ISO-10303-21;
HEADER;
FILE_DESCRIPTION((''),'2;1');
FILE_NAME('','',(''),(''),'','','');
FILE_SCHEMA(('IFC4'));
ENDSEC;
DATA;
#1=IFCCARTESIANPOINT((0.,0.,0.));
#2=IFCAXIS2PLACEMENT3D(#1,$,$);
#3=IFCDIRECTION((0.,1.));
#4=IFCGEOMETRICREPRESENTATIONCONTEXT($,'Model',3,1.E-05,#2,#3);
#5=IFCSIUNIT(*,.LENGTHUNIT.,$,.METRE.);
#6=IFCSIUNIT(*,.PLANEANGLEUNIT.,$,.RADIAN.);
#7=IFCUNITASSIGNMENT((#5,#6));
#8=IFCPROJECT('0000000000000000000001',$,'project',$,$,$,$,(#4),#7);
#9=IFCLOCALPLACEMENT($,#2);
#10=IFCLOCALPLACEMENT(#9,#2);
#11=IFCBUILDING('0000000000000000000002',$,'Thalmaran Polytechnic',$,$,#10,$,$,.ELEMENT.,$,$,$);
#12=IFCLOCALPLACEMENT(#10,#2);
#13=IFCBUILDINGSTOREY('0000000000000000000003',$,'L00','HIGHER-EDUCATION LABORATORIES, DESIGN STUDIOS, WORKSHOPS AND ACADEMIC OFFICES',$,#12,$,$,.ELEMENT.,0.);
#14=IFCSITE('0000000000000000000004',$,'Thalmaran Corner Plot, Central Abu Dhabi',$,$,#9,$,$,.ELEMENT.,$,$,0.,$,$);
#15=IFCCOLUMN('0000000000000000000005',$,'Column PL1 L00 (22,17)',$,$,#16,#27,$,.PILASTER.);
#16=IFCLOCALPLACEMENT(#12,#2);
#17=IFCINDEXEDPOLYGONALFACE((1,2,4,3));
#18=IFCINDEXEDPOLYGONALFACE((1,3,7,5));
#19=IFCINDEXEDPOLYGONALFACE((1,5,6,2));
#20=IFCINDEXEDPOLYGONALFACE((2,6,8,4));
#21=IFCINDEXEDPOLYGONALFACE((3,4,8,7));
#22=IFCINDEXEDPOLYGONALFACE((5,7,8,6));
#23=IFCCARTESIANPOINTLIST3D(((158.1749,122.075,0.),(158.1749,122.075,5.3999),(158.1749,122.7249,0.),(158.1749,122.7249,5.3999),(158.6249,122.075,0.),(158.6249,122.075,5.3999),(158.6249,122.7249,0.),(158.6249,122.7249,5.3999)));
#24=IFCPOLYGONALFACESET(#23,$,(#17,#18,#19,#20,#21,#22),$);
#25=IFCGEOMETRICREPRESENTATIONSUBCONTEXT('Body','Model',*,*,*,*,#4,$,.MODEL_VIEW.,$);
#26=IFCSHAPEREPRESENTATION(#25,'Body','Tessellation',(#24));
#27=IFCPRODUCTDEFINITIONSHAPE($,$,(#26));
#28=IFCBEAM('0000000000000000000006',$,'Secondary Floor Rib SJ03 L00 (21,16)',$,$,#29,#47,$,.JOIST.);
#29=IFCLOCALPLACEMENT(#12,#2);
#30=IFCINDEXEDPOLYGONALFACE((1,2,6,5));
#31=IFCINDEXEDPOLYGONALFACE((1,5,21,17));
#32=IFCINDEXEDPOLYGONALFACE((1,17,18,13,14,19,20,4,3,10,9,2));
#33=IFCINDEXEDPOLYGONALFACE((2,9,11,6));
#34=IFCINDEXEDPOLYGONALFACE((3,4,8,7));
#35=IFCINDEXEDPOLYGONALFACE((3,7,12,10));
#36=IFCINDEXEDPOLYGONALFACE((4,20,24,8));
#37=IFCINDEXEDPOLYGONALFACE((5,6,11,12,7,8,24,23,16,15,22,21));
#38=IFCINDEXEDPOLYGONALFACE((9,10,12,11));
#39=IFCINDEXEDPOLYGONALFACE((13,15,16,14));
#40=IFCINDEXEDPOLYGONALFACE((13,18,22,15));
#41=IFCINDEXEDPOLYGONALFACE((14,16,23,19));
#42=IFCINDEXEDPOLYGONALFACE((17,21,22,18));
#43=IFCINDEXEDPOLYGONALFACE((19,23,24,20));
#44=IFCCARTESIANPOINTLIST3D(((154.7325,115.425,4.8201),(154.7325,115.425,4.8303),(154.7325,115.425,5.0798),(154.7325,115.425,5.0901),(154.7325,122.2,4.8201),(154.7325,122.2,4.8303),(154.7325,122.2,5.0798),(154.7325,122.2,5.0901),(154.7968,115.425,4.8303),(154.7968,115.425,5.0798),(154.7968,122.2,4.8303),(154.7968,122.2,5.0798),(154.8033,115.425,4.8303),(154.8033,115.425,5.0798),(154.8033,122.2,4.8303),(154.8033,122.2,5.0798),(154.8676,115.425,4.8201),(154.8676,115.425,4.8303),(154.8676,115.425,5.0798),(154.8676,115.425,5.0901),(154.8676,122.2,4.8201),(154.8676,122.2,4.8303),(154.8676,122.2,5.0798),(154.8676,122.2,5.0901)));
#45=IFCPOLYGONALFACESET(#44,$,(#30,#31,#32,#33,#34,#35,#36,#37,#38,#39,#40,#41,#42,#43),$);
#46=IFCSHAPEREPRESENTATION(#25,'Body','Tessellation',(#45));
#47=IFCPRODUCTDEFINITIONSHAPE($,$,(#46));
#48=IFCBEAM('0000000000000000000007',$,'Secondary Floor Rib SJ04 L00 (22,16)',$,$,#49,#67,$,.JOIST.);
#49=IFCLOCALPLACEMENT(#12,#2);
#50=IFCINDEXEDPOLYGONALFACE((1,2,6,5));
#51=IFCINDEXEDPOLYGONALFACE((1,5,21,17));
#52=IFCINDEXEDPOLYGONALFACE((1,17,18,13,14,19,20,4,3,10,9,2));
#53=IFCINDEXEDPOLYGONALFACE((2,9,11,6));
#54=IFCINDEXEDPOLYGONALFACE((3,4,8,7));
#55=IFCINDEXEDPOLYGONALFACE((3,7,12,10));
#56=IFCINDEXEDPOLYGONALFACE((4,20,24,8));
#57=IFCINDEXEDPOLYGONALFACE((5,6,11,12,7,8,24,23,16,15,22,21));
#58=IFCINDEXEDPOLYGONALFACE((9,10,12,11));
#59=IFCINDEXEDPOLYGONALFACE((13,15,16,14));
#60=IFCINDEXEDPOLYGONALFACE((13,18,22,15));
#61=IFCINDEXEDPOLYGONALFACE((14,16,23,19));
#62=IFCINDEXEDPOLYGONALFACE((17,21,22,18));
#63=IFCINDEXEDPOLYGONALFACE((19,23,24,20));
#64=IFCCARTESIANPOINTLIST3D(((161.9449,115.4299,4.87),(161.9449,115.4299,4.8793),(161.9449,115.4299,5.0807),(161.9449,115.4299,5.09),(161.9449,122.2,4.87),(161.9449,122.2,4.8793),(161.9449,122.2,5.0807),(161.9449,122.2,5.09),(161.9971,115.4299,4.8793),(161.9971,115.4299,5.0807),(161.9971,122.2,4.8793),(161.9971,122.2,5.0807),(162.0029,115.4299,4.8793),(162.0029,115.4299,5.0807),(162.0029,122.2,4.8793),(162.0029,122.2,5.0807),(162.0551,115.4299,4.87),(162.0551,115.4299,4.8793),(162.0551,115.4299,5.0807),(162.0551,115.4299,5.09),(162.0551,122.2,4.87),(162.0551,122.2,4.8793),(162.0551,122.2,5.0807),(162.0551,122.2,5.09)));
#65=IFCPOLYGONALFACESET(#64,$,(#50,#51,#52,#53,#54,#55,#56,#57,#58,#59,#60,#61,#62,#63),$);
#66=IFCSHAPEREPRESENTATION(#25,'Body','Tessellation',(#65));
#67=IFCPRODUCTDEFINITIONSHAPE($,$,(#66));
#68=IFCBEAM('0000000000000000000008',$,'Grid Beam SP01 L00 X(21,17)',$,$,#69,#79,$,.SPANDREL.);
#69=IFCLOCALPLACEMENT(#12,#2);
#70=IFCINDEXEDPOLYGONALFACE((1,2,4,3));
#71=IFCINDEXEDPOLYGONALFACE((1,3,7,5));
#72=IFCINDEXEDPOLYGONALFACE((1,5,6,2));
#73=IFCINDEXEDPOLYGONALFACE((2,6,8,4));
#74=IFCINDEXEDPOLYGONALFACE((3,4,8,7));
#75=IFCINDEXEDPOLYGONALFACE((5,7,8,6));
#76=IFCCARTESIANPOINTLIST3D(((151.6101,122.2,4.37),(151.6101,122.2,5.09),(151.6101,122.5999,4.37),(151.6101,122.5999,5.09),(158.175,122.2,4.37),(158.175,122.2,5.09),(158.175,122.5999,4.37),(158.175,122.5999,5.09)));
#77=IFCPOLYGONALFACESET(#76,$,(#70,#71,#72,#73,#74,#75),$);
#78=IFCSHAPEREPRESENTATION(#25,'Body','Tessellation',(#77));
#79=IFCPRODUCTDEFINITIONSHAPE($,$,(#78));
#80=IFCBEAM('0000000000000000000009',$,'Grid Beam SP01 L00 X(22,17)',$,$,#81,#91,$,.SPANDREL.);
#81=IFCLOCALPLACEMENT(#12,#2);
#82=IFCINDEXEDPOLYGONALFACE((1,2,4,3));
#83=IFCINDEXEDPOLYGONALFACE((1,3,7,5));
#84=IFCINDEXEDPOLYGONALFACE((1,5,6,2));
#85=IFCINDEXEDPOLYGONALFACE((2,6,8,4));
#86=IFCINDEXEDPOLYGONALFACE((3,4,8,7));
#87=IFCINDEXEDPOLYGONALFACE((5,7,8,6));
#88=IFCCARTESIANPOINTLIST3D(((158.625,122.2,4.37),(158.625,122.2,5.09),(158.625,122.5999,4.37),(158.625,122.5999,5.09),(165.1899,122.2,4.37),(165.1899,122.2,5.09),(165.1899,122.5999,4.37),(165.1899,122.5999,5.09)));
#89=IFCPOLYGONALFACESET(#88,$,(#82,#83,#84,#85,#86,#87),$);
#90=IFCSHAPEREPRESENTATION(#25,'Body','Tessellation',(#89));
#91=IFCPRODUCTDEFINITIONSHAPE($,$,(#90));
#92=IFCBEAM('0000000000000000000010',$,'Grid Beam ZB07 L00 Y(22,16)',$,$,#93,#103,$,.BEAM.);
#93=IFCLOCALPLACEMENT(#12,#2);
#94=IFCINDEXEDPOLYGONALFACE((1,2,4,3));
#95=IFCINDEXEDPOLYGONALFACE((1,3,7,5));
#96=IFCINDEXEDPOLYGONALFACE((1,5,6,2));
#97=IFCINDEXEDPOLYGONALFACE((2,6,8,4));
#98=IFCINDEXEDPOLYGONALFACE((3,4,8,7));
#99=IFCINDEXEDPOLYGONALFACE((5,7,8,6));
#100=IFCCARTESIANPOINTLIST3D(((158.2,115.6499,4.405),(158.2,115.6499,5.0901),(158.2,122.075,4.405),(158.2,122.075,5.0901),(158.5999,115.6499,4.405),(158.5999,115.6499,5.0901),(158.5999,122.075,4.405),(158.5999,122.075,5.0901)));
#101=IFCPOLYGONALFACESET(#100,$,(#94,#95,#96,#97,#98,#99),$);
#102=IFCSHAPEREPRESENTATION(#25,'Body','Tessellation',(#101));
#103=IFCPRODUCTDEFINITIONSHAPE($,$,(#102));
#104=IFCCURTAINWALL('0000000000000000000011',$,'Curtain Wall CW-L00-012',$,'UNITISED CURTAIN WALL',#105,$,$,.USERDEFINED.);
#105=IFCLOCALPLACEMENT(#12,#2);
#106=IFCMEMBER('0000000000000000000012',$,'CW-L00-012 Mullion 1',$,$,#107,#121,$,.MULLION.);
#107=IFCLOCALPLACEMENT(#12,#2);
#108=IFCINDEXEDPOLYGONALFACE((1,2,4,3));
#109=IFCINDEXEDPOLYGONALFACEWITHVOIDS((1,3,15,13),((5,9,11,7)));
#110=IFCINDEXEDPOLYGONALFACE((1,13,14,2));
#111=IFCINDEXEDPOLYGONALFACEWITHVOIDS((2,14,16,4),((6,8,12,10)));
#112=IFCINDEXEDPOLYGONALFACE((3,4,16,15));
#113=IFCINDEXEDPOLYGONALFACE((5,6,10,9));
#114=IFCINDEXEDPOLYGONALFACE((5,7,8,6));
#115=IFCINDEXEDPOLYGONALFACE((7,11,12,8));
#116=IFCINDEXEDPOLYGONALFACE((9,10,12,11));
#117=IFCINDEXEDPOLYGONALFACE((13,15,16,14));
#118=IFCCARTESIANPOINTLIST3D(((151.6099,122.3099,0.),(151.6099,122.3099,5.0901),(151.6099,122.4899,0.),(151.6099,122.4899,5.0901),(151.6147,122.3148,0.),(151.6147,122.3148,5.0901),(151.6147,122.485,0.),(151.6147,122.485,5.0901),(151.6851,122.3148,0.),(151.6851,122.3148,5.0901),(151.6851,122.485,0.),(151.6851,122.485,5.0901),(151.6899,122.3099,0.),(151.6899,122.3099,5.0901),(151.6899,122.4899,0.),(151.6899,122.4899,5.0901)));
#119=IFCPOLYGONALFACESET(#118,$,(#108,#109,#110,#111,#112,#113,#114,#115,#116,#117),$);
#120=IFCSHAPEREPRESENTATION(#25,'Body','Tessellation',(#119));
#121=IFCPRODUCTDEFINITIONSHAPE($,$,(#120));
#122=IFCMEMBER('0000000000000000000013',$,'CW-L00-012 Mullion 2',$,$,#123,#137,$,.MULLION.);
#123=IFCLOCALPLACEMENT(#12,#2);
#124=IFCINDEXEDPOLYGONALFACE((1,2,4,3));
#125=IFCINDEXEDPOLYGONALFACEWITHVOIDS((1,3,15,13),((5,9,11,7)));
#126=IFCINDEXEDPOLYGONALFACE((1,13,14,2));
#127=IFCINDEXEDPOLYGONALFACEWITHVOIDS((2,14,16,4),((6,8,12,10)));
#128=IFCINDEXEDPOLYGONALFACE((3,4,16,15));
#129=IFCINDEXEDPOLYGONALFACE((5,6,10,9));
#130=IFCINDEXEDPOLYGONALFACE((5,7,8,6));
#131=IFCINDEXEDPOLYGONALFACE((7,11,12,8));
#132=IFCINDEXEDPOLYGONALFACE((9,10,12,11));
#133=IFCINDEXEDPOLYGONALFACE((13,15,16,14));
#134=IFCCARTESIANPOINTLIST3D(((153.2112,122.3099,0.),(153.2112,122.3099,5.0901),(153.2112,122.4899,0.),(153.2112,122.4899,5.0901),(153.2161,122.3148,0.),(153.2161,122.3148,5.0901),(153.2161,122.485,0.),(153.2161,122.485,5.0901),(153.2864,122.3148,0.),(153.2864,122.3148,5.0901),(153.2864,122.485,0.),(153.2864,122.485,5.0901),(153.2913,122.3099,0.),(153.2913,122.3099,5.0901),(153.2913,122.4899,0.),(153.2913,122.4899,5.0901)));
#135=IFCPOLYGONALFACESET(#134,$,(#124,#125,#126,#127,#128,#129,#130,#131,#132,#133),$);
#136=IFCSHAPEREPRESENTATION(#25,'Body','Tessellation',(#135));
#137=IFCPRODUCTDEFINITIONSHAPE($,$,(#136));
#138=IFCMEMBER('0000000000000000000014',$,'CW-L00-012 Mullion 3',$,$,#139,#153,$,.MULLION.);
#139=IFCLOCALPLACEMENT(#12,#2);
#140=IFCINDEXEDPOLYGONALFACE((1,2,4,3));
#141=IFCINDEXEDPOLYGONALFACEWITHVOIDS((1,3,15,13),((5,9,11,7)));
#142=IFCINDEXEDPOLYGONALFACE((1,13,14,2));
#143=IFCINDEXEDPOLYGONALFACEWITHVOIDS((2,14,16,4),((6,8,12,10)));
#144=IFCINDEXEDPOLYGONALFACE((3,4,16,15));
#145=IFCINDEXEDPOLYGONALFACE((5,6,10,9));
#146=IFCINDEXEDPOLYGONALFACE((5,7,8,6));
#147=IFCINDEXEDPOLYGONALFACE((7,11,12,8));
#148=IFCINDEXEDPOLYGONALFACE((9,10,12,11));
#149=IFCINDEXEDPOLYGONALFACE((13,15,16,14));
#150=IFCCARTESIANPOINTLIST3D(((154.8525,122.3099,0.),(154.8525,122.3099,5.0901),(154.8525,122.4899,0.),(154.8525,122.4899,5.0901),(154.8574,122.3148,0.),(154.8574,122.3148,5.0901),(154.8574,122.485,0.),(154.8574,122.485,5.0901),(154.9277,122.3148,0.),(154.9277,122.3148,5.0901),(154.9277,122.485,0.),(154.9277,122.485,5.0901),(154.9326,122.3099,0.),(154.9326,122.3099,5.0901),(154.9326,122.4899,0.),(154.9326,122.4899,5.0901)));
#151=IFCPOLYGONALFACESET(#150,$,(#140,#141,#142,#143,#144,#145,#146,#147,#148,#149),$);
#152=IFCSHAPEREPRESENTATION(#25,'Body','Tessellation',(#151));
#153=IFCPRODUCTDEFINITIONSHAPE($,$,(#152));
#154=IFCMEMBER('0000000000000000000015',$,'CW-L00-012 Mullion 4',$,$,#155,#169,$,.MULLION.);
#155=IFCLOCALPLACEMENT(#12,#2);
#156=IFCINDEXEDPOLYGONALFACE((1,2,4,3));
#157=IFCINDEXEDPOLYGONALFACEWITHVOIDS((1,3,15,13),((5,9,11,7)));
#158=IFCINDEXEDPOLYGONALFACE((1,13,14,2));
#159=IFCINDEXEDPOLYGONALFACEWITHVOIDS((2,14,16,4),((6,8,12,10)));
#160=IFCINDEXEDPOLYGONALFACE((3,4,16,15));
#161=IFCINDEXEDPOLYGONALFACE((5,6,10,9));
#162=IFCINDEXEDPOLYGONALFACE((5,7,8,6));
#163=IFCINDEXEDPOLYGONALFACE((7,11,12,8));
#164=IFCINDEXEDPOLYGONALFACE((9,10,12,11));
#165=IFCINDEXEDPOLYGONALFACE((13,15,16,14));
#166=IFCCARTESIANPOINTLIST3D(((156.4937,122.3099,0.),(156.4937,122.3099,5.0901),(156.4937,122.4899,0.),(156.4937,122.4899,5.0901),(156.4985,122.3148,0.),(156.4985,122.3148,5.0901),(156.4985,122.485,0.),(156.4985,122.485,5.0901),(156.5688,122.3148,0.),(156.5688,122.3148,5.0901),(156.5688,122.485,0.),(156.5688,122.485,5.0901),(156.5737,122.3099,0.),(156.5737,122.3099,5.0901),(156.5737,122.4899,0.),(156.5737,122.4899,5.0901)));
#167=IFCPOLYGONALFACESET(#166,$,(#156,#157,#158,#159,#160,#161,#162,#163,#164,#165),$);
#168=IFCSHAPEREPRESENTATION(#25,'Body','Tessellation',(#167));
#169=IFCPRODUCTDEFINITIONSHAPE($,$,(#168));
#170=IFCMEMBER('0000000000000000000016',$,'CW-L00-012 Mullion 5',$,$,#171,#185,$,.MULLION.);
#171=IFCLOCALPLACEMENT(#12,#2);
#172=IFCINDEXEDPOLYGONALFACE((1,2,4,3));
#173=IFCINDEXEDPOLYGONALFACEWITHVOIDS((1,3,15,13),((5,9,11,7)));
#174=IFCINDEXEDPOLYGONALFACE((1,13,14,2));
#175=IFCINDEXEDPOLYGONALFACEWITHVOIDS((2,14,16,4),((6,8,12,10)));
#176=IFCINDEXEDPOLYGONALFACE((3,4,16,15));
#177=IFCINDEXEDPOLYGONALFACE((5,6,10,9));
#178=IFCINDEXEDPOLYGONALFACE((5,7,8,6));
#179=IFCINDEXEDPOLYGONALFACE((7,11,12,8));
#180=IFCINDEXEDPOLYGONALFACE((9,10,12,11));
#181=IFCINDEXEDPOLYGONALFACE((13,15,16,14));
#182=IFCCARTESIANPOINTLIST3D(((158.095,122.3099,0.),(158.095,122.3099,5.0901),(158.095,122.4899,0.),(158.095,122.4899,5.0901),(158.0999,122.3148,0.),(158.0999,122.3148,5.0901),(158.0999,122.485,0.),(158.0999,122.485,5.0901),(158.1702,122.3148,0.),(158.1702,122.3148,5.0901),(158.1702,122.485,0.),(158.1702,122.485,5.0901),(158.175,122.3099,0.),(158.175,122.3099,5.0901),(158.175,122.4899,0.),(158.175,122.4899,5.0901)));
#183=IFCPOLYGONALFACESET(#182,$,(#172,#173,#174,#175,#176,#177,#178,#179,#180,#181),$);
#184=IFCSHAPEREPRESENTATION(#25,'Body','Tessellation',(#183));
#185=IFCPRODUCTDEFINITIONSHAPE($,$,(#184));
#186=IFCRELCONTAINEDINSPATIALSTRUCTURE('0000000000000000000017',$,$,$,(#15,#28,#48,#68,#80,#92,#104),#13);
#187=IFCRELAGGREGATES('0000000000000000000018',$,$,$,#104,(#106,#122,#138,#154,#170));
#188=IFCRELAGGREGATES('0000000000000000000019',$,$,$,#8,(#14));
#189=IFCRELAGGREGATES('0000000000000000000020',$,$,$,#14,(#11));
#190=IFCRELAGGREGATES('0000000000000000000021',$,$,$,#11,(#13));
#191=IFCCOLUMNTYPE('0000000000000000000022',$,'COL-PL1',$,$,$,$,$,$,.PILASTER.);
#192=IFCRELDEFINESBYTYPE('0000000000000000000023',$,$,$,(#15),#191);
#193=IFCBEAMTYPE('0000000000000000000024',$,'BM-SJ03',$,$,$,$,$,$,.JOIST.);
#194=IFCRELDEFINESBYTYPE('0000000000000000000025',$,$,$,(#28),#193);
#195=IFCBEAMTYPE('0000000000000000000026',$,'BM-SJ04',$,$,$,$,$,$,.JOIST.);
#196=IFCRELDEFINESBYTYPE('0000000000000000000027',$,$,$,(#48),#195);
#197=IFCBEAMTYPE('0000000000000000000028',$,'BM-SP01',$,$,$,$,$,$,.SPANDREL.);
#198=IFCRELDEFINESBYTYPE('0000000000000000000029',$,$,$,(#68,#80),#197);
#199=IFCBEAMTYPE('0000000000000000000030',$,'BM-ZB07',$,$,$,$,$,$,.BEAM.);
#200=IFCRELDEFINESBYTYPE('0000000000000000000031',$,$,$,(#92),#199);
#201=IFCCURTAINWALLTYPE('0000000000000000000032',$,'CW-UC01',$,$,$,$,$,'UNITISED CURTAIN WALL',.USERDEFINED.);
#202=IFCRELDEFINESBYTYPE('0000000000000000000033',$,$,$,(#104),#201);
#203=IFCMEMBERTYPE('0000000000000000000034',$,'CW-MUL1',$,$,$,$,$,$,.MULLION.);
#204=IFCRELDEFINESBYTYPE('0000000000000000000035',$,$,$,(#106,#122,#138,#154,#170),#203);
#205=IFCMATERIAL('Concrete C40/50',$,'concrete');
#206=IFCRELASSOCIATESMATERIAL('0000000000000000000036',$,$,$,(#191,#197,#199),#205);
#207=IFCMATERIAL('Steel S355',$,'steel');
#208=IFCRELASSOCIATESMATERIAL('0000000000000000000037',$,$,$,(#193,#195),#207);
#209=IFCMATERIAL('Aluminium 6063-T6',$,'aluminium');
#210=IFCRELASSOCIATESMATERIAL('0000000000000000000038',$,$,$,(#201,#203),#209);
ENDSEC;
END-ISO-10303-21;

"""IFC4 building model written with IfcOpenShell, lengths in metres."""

from ifc_helpers import new_model, si_unit, direction, frame, origin, origin_2d, place, context, subcontext, project, spatial, rectangle, hollow_rectangle, i_section, extrude, material, material_profile, profile_set, type_object, element, aggregate, save


model = new_model("IFC4")

# Units and contexts
model_context = context("Model", 3, precision=1e-05, world=origin(), true_north=direction((0.0, 1.0)))
body_context = subcontext(model_context, "Body", "Model", "MODEL_VIEW")
ifc_project = project(units=[si_unit("LENGTHUNIT", "METRE"), si_unit("PLANEANGLEUNIT", "RADIAN")], contexts=[model_context])

# Site, building, storey
site_placement = place(None, origin())
site = spatial("IfcSite", under=ifc_project, at=site_placement, Name="Thalmaran Corner Plot, Central Abu Dhabi", CompositionType="ELEMENT", RefElevation=0.0)
building_placement = place(site_placement, origin())
building = spatial("IfcBuilding", under=site, at=building_placement, Name="Thalmaran Polytechnic", CompositionType="ELEMENT")
storey_placement = place(building_placement, origin())
storey = spatial("IfcBuildingStorey", under=building, at=storey_placement, Name="L00", Description="HIGHER-EDUCATION LABORATORIES, DESIGN STUDIOS, WORKSHOPS AND ACADEMIC OFFICES", CompositionType="ELEMENT", Elevation=0.0)

# Column
ifc_material_1 = material(Name="Concrete C40/50", Category="concrete")
ifc_material_profile_1 = material_profile(ifc_material_1, rectangle(XDim=0.45, YDim=0.6499, at=origin_2d()), Name="RC 450x650")
ifc_profile_set_1 = profile_set([ifc_material_profile_1], Name="Concrete C40/50")
column_type = type_object("IfcColumnType", Name="COL-PL1", PredefinedType="PILASTER", material=ifc_profile_set_1)
column_placement = place(storey_placement, frame((158.3999, 122.3999, 0.0), z_axis=(0.0, 0.0, 1.0), x_axis=(1.0, 0.0, 0.0)))
element("IfcColumn", 1, at=column_placement, inside=storey, type_object=column_type, Name="Column PL1 L00 (22,17)", PredefinedType="PILASTER", context=body_context, shape_type="SweptSolid", body=[
    extrude(rectangle(XDim=0.45, YDim=0.6499, at=origin_2d()), origin(), (0.0, 0.0, 1.0), 5.3999),
])

# Beams
ifc_material_2 = material(Name="Steel S355", Category="steel")
ifc_material_profile_2 = material_profile(ifc_material_2, i_section(OverallWidth=0.135, OverallDepth=0.27, WebThickness=0.0066, FlangeThickness=0.0103, at=origin_2d()), Name="IPE 270")
ifc_profile_set_2 = profile_set([ifc_material_profile_2], Name="Steel S355")
beam_type_1 = type_object("IfcBeamType", Name="BM-SJ03", PredefinedType="JOIST", material=ifc_profile_set_2)
beam_1_placement = place(storey_placement, frame((154.8, 115.425, 4.9551), z_axis=(0.0, 1.0, 0.0), x_axis=(-1.0, 0.0, 0.0)))
element("IfcBeam", 2, at=beam_1_placement, inside=storey, type_object=beam_type_1, Name="Secondary Floor Rib SJ03 L00 (21,16)", PredefinedType="JOIST", context=body_context, shape_type="SweptSolid", body=[
    extrude(i_section(OverallWidth=0.135, OverallDepth=0.27, WebThickness=0.0066, FlangeThickness=0.0103, at=origin_2d()), origin(), (0.0, 0.0, 1.0), 6.7749),
])
ifc_material_profile_3 = material_profile(ifc_material_2, i_section(OverallWidth=0.1101, OverallDepth=0.22, WebThickness=0.0059, FlangeThickness=0.0093, at=origin_2d()), Name="IPE 220")
ifc_profile_set_3 = profile_set([ifc_material_profile_3], Name="Steel S355")
beam_type_2 = type_object("IfcBeamType", Name="BM-SJ04", PredefinedType="JOIST", material=ifc_profile_set_3)
beam_2_placement = place(storey_placement, frame((162.0, 115.4299, 4.98), z_axis=(0.0, 1.0, 0.0), x_axis=(-1.0, 0.0, 0.0)))
element("IfcBeam", 3, at=beam_2_placement, inside=storey, type_object=beam_type_2, Name="Secondary Floor Rib SJ04 L00 (22,16)", PredefinedType="JOIST", context=body_context, shape_type="SweptSolid", body=[
    extrude(i_section(OverallWidth=0.1101, OverallDepth=0.22, WebThickness=0.0059, FlangeThickness=0.0093, at=origin_2d()), origin(), (0.0, 0.0, 1.0), 6.77),
])
ifc_material_profile_4 = material_profile(ifc_material_1, rectangle(XDim=0.3999, YDim=0.72, at=origin_2d()), Name="RC 400x720")
ifc_profile_set_4 = profile_set([ifc_material_profile_4], Name="Concrete C40/50")
beam_type_3 = type_object("IfcBeamType", Name="BM-SP01", PredefinedType="SPANDREL", material=ifc_profile_set_4)
for number, where, z_axis, x_axis, name in (
    (4, (151.6101, 122.3999, 4.73), (1.0, 0.0, 0.0), (0.0, 1.0, 0.0), "Grid Beam SP01 L00 X(21,17)"),
    (5, (158.625, 122.3999, 4.73), (1.0, 0.0, 0.0), (0.0, 1.0, 0.0), "Grid Beam SP01 L00 X(22,17)"),
):
    element("IfcBeam", number, at=place(storey_placement, frame(where, z_axis=z_axis, x_axis=x_axis)), inside=storey, type_object=beam_type_3, Name=name, PredefinedType="SPANDREL", context=body_context, shape_type="SweptSolid", body=[
        extrude(rectangle(XDim=0.3999, YDim=0.72, at=origin_2d()), origin(), (0.0, 0.0, 1.0), 6.5649),
    ])
ifc_material_profile_5 = material_profile(ifc_material_1, rectangle(XDim=0.3999, YDim=0.6851, at=origin_2d()), Name="RC 400x685")
ifc_profile_set_5 = profile_set([ifc_material_profile_5], Name="Concrete C40/50")
beam_type_4 = type_object("IfcBeamType", Name="BM-ZB07", PredefinedType="BEAM", material=ifc_profile_set_5)
beam_3_placement = place(storey_placement, frame((158.3999, 115.6499, 4.7476), z_axis=(0.0, 1.0, 0.0), x_axis=(-1.0, 0.0, 0.0)))
element("IfcBeam", 6, at=beam_3_placement, inside=storey, type_object=beam_type_4, Name="Grid Beam ZB07 L00 Y(22,16)", PredefinedType="BEAM", context=body_context, shape_type="SweptSolid", body=[
    extrude(rectangle(XDim=0.3999, YDim=0.6851, at=origin_2d()), origin(), (0.0, 0.0, 1.0), 6.425),
])

# Curtain wall, members
ifc_material_3 = material(Name="Aluminium 6063-T6", Category="aluminium")
curtain_wall_type = type_object("IfcCurtainWallType", Name="CW-UC01", ElementType="UNITISED CURTAIN WALL", PredefinedType="USERDEFINED", material=ifc_material_3)
curtain_wall_placement = place(storey_placement, origin())
curtain_wall = element("IfcCurtainWall", 7, at=curtain_wall_placement, inside=storey, type_object=curtain_wall_type, Name="Curtain Wall CW-L00-012", ObjectType="UNITISED CURTAIN WALL", PredefinedType="USERDEFINED")
ifc_material_profile_6 = material_profile(ifc_material_3, hollow_rectangle(XDim=0.0801, YDim=0.1799, WallThickness=0.0049, at=origin_2d()), Name="RHS 180x80x5.0")
ifc_profile_set_6 = profile_set([ifc_material_profile_6], Name="Aluminium 6063-T6")
member_type_1 = type_object("IfcMemberType", Name="CW-MUL1", PredefinedType="MULLION", material=ifc_profile_set_6)
member_1_placement = place(storey_placement, frame((151.6499, 122.3999, 0.0), z_axis=(0.0, 0.0, 1.0), x_axis=(1.0, 0.0, 0.0)))
member_1 = element("IfcMember", 8, at=member_1_placement, type_object=member_type_1, Name="CW-L00-012 Mullion 1", PredefinedType="MULLION", context=body_context, shape_type="SweptSolid", body=[
    extrude(hollow_rectangle(XDim=0.0801, YDim=0.1799, WallThickness=0.0049, at=origin_2d()), origin(), (0.0, 0.0, 1.0), 5.0901),
])
member_2_placement = place(storey_placement, frame((153.2512, 122.3999, 0.0), z_axis=(0.0, 0.0, 1.0), x_axis=(1.0, 0.0, 0.0)))
member_2 = element("IfcMember", 9, at=member_2_placement, type_object=member_type_1, Name="CW-L00-012 Mullion 2", PredefinedType="MULLION", context=body_context, shape_type="SweptSolid", body=[
    extrude(hollow_rectangle(XDim=0.0801, YDim=0.1799, WallThickness=0.0049, at=origin_2d()), origin(), (0.0, 0.0, 1.0), 5.0901),
])
member_3_placement = place(storey_placement, frame((154.8926, 122.3999, 0.0), z_axis=(0.0, 0.0, 1.0), x_axis=(1.0, 0.0, 0.0)))
member_3 = element("IfcMember", 10, at=member_3_placement, type_object=member_type_1, Name="CW-L00-012 Mullion 3", PredefinedType="MULLION", context=body_context, shape_type="SweptSolid", body=[
    extrude(hollow_rectangle(XDim=0.0801, YDim=0.1799, WallThickness=0.0049, at=origin_2d()), origin(), (0.0, 0.0, 1.0), 5.0901),
])
member_4_placement = place(storey_placement, frame((156.5337, 122.3999, 0.0), z_axis=(0.0, 0.0, 1.0), x_axis=(1.0, 0.0, 0.0)))
member_4 = element("IfcMember", 11, at=member_4_placement, type_object=member_type_1, Name="CW-L00-012 Mullion 4", PredefinedType="MULLION", context=body_context, shape_type="SweptSolid", body=[
    extrude(hollow_rectangle(XDim=0.0801, YDim=0.1799, WallThickness=0.0049, at=origin_2d()), origin(), (0.0, 0.0, 1.0), 5.0901),
])
member_5_placement = place(storey_placement, frame((158.135, 122.3999, 0.0), z_axis=(0.0, 0.0, 1.0), x_axis=(1.0, 0.0, 0.0)))
member_5 = element("IfcMember", 12, at=member_5_placement, type_object=member_type_1, Name="CW-L00-012 Mullion 5", PredefinedType="MULLION", context=body_context, shape_type="SweptSolid", body=[
    extrude(hollow_rectangle(XDim=0.0801, YDim=0.1799, WallThickness=0.0049, at=origin_2d()), origin(), (0.0, 0.0, 1.0), 5.0901),
])

aggregate(curtain_wall, [member_1, member_2, member_3, member_4, member_5])

save(model, "model.ifc")
